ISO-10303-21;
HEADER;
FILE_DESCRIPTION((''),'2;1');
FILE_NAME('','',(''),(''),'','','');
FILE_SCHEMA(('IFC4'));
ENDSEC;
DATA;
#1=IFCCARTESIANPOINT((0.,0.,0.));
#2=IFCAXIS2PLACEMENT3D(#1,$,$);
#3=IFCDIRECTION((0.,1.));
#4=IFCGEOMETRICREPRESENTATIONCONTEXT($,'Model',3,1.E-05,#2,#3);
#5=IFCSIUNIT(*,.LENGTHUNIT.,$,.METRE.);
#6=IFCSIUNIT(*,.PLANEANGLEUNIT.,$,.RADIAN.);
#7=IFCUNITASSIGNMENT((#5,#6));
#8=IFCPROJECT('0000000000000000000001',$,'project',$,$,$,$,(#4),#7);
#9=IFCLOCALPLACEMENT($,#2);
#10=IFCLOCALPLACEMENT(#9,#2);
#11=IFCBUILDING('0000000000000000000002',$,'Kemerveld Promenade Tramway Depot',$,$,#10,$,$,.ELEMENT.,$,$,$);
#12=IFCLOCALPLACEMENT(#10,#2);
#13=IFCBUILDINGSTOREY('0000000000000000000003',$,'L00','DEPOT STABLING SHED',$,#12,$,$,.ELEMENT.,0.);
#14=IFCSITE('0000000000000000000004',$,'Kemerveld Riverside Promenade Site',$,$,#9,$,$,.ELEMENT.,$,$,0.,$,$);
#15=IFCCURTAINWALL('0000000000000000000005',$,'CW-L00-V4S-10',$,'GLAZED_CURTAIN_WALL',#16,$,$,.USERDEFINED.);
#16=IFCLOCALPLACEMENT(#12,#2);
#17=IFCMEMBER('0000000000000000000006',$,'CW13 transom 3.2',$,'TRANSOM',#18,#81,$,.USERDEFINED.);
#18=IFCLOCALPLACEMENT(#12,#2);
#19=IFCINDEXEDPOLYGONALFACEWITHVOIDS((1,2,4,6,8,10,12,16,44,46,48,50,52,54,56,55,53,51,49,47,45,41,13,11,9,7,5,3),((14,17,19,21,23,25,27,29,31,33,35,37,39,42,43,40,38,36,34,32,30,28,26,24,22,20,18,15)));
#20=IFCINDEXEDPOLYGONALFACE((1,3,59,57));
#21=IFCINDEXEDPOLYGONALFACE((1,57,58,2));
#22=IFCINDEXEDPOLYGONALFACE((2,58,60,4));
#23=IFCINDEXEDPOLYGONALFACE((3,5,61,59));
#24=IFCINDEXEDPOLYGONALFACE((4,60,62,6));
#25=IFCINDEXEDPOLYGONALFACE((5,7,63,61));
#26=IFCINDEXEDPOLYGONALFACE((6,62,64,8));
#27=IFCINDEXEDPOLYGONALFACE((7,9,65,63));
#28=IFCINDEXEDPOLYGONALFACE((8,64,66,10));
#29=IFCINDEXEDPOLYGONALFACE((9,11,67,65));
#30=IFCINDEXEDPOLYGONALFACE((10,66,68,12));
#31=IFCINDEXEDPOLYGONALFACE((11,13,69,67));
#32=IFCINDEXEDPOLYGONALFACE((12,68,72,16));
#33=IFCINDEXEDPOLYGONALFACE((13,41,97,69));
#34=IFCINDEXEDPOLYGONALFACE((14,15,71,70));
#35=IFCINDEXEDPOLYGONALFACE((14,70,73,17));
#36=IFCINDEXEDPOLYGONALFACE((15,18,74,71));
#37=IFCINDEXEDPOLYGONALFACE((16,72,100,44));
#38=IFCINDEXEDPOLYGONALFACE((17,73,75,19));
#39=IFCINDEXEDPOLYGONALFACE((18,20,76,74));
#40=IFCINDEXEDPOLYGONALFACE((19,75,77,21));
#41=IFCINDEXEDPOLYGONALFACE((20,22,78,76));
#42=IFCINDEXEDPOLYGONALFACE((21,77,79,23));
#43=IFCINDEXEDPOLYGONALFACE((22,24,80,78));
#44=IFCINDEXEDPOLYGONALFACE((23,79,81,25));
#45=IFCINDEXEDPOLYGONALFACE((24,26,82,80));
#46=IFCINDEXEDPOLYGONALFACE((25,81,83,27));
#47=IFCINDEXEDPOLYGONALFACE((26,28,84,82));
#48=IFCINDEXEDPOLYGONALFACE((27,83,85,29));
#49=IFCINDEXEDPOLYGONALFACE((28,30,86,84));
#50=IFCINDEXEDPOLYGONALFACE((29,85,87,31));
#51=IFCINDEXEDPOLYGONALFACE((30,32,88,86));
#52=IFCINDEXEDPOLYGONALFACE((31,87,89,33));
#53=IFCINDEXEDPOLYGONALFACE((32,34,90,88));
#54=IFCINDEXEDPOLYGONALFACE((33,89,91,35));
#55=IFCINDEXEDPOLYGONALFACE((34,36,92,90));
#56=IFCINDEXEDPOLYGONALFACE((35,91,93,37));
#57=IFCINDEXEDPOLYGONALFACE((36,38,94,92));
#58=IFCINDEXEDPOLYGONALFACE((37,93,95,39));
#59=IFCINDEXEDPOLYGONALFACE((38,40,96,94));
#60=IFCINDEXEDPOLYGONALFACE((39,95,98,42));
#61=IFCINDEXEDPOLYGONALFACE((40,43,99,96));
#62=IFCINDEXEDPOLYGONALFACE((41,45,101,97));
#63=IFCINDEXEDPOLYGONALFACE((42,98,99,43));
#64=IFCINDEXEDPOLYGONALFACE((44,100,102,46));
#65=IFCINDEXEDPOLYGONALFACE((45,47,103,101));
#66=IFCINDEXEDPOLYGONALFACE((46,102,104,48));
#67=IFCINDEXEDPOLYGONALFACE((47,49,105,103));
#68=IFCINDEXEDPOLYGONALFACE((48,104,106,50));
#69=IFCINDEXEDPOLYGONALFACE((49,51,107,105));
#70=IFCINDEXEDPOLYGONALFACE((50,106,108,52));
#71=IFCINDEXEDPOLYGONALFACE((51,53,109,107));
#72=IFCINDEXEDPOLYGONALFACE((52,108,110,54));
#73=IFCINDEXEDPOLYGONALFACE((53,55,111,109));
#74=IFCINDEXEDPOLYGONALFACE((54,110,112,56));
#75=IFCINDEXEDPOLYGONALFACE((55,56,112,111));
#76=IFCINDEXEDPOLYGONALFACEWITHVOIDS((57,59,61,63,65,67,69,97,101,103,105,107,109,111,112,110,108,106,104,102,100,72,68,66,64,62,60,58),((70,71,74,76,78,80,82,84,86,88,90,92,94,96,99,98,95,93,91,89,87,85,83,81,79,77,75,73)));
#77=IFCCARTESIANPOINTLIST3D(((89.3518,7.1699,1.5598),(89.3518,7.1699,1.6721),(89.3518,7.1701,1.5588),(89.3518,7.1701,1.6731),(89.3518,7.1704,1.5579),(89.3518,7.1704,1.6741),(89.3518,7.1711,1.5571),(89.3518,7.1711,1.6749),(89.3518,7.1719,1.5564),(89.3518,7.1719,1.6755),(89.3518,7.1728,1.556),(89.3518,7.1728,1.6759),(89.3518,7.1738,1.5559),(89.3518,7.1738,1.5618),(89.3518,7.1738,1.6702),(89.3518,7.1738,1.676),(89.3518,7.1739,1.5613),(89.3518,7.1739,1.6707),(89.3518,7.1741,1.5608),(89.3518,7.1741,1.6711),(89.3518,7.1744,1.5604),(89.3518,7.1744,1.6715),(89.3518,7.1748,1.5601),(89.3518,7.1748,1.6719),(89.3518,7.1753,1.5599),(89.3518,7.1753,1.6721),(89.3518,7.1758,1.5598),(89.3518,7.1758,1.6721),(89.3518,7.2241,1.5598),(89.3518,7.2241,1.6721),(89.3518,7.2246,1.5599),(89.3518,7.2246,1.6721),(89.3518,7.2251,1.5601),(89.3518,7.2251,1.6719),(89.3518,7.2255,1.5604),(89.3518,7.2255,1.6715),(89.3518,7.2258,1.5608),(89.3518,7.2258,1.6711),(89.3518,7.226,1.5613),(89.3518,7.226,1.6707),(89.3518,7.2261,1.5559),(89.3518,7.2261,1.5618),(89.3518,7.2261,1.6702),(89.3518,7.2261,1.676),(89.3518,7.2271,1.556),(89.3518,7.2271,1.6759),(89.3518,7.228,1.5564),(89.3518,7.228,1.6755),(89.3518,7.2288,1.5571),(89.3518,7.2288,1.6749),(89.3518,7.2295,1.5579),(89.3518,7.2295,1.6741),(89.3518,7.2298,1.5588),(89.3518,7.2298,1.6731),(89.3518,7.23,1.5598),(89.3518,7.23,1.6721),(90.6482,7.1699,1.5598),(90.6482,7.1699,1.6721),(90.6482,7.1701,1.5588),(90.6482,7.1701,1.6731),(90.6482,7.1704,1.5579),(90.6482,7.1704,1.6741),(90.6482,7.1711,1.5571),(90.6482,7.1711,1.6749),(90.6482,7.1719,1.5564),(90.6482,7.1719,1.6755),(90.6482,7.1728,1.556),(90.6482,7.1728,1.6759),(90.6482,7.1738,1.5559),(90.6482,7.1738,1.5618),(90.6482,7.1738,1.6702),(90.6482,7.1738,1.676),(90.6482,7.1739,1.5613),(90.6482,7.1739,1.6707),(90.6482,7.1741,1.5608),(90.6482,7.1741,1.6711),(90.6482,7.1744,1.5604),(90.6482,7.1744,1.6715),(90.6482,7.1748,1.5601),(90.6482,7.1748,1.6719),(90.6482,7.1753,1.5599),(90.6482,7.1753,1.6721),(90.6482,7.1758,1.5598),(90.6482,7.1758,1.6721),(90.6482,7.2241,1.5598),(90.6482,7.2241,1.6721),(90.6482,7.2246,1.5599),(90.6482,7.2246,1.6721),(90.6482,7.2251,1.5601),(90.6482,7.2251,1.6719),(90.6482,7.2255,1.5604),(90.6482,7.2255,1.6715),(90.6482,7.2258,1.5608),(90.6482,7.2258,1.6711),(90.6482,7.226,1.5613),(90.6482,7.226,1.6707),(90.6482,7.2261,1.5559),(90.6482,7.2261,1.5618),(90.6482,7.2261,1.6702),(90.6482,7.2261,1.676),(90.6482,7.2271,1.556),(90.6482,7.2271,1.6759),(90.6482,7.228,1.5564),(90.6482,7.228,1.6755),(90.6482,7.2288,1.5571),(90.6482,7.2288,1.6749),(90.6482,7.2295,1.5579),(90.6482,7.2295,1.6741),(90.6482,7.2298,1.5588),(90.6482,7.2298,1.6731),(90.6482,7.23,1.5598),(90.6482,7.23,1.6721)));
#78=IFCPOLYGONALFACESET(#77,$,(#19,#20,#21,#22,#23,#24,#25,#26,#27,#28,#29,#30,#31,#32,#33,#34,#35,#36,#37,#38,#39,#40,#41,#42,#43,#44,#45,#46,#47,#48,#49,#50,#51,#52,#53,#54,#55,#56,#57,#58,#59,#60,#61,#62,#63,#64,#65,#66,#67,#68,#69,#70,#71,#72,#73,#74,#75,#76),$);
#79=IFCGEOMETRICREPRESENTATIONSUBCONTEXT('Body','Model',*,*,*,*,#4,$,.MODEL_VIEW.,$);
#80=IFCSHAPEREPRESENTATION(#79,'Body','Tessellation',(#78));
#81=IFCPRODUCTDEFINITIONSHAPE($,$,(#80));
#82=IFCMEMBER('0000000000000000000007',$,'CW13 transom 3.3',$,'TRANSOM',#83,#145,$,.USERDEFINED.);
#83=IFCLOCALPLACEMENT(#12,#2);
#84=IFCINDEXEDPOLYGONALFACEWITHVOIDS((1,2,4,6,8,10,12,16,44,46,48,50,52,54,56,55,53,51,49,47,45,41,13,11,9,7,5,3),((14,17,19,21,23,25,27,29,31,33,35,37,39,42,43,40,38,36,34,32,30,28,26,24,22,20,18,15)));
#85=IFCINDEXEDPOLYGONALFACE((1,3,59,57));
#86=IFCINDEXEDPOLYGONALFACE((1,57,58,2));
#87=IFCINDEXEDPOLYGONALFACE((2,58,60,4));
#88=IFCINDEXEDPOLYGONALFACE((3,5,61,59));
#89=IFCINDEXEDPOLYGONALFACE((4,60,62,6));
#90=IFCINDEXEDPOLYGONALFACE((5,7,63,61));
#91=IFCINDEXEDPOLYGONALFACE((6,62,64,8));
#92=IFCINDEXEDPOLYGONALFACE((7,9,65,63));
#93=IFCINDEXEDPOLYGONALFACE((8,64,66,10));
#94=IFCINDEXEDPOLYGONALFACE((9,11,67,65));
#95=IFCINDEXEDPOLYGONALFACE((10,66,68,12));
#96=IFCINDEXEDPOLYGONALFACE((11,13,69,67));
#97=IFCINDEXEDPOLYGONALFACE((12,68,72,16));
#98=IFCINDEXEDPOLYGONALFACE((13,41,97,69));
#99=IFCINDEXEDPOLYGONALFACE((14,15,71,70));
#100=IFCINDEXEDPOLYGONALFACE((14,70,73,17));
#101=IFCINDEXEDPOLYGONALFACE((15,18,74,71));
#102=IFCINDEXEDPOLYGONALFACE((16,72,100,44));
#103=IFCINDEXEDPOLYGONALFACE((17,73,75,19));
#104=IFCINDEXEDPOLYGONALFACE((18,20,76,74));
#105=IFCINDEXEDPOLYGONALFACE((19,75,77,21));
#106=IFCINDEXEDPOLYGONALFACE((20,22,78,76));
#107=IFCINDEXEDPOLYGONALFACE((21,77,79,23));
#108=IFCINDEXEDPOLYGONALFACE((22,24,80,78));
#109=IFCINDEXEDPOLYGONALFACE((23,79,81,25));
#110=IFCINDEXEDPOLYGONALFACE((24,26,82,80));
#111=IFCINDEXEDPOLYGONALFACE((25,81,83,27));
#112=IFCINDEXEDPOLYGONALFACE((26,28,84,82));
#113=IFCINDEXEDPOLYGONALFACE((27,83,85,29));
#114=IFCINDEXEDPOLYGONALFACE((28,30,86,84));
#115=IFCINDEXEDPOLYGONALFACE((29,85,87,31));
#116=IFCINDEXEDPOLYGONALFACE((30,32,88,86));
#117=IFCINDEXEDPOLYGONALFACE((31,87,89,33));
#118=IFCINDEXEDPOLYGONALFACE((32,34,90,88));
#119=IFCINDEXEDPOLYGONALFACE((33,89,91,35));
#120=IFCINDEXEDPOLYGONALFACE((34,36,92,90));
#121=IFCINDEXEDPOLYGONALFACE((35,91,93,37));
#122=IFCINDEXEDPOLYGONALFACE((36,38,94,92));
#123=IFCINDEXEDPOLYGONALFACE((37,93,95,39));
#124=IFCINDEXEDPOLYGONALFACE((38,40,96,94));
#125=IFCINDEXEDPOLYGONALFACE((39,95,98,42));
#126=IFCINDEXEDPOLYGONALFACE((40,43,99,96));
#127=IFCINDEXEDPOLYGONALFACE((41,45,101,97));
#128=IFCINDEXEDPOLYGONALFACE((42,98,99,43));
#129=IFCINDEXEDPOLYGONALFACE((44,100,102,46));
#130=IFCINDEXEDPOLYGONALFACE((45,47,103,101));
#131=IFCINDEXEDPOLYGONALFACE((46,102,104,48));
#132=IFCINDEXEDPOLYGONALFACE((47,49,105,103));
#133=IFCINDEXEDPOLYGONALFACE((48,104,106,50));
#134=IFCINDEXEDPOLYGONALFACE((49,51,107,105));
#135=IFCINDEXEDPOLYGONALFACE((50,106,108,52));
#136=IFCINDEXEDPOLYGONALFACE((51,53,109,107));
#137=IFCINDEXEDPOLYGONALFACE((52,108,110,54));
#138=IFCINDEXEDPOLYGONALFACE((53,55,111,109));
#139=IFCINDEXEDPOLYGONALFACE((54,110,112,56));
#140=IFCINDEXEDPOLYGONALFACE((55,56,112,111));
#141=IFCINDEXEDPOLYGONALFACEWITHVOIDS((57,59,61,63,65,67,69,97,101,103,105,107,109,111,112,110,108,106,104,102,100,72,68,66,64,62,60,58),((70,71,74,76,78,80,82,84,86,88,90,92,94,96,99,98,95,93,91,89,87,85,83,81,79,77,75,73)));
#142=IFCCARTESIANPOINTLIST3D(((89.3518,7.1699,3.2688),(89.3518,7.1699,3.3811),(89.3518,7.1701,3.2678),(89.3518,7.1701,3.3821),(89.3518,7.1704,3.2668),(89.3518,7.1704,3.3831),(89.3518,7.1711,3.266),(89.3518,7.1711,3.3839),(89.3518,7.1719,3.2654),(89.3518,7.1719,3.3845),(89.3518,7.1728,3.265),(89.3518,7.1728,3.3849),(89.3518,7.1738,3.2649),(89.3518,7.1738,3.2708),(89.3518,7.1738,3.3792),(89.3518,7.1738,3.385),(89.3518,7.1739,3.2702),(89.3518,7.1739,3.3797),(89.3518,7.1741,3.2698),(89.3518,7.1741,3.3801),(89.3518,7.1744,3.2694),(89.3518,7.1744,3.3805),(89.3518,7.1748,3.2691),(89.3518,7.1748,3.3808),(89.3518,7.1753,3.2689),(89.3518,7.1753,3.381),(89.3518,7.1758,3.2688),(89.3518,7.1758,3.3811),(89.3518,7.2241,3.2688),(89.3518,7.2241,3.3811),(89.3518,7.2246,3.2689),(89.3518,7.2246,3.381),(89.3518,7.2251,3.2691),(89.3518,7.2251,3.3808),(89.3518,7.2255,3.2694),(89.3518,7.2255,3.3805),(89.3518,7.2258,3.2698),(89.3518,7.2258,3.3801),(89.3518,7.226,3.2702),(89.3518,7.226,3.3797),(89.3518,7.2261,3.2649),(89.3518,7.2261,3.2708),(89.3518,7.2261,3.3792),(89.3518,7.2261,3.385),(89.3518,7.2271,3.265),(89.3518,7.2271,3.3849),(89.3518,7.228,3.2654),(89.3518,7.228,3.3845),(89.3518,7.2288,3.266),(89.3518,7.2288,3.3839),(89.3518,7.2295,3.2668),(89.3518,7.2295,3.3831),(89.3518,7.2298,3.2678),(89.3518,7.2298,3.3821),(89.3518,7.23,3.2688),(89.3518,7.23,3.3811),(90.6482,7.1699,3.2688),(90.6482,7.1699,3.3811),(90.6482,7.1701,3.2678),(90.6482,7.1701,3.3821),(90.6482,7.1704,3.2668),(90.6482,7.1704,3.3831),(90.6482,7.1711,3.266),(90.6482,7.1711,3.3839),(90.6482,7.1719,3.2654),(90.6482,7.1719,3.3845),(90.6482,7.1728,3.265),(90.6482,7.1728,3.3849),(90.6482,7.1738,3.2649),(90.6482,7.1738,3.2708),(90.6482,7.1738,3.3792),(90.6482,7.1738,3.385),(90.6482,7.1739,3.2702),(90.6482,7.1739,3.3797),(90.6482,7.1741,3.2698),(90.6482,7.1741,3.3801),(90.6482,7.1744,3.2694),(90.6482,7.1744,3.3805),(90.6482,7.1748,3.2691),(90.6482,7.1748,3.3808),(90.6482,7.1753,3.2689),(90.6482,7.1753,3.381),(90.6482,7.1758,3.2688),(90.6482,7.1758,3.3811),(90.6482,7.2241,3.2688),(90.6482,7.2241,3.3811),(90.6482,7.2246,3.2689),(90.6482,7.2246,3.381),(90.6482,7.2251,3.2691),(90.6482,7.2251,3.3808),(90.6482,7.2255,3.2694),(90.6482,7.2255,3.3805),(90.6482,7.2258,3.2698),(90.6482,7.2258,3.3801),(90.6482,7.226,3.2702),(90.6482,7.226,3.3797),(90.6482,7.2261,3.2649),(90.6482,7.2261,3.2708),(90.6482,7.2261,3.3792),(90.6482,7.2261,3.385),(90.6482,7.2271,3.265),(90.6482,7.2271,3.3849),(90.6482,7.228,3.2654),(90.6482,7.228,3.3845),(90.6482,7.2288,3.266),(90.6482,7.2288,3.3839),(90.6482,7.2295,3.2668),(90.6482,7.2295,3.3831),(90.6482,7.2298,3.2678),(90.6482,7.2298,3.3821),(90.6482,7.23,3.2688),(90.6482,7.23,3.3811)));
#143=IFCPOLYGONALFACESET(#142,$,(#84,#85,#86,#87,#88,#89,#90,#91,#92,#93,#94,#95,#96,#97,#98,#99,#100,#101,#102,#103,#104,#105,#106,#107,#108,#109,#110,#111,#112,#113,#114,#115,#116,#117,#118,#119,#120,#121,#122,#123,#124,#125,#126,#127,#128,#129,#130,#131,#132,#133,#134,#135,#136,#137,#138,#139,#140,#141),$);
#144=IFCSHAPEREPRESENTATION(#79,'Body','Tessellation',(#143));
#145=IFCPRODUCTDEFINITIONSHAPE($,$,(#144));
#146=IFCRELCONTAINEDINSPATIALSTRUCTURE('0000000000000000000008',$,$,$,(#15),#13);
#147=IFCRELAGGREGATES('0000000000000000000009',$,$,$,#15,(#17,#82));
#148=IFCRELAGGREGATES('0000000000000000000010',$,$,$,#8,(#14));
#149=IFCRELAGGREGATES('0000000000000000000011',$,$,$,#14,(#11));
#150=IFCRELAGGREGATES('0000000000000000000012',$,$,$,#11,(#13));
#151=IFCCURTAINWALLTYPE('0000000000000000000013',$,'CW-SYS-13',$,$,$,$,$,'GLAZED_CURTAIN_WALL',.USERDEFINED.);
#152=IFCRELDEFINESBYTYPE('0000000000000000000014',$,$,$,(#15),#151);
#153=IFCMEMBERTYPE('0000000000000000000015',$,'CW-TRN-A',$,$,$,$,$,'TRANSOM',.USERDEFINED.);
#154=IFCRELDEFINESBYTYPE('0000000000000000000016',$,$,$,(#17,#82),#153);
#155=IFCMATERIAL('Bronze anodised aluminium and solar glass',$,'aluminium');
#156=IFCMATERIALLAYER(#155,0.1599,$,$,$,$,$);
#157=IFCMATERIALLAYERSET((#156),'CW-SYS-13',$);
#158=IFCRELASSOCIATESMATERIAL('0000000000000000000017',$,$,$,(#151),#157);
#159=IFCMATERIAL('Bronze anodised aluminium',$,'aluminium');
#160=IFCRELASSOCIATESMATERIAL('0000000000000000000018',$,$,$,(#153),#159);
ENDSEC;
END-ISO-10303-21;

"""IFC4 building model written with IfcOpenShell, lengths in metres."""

from ifc_helpers import new_model, si_unit, direction, frame, origin, origin_2d, place, context, subcontext, project, spatial, hollow_rectangle, extrude, material, layer, layer_set, material_profile, profile_set, type_object, element, aggregate, save


model = new_model("IFC4")

# Units and contexts
model_context = context("Model", 3, precision=1e-05, world=origin(), true_north=direction((0.0, 1.0)))
body_context = subcontext(model_context, "Body", "Model", "MODEL_VIEW")
ifc_project = project(units=[si_unit("LENGTHUNIT", "METRE"), si_unit("PLANEANGLEUNIT", "RADIAN")], contexts=[model_context])

# Site, building, storey
site_placement = place(None, origin())
site = spatial("IfcSite", under=ifc_project, at=site_placement, Name="Kemerveld Riverside Promenade Site", CompositionType="ELEMENT", RefElevation=0.0)
building_placement = place(site_placement, origin())
building = spatial("IfcBuilding", under=site, at=building_placement, Name="Kemerveld Promenade Tramway Depot", CompositionType="ELEMENT")
storey_placement = place(building_placement, origin())
storey = spatial("IfcBuildingStorey", under=building, at=storey_placement, Name="L00", Description="DEPOT STABLING SHED", CompositionType="ELEMENT", Elevation=0.0)

# Curtain wall, members
ifc_material_1 = material(Name="Bronze anodised aluminium and solar glass", Category="aluminium")
ifc_layer_1 = layer(ifc_material_1, 0.1599)
ifc_layer_set_1 = layer_set([ifc_layer_1], Name="CW-SYS-13")
curtain_wall_type = type_object("IfcCurtainWallType", Name="CW-SYS-13", ElementType="GLAZED_CURTAIN_WALL", PredefinedType="USERDEFINED", material=ifc_layer_set_1)
curtain_wall_placement = place(storey_placement, origin())
curtain_wall = element("IfcCurtainWall", 1, at=curtain_wall_placement, inside=storey, type_object=curtain_wall_type, Name="CW-L00-V4S-10", ObjectType="GLAZED_CURTAIN_WALL", PredefinedType="USERDEFINED")
ifc_material_2 = material(Name="Bronze anodised aluminium", Category="aluminium")
ifc_material_profile_1 = material_profile(ifc_material_2, hollow_rectangle(XDim=0.0601, YDim=0.1201, WallThickness=0.0039, InnerFilletRadius=0.002, OuterFilletRadius=0.0039, at=origin_2d()), Name="CW-TRN-120x60")
ifc_profile_set_1 = profile_set([ifc_material_profile_1], Name="Bronze anodised aluminium")
member_type_1 = type_object("IfcMemberType", Name="CW-TRN-A", ElementType="TRANSOM", PredefinedType="USERDEFINED", material=ifc_profile_set_1)
member_1_placement = place(storey_placement, frame((90.6482, 7.2, 1.616), z_axis=(-1.0, 0.0, 0.0), x_axis=(0.0, -1.0, 0.0)))
member_1 = element("IfcMember", 2, at=member_1_placement, type_object=member_type_1, Name="CW13 transom 3.2", ObjectType="TRANSOM", PredefinedType="USERDEFINED", context=body_context, shape_type="SweptSolid", body=[
    extrude(hollow_rectangle(XDim=0.0601, YDim=0.1201, WallThickness=0.0039, InnerFilletRadius=0.002, OuterFilletRadius=0.0039, at=origin_2d()), origin(), (0.0, 0.0, 1.0), 1.2964),
])
member_2_placement = place(storey_placement, frame((90.6482, 7.2, 3.325), z_axis=(-1.0, 0.0, 0.0), x_axis=(0.0, -1.0, 0.0)))
member_2 = element("IfcMember", 3, at=member_2_placement, type_object=member_type_1, Name="CW13 transom 3.3", ObjectType="TRANSOM", PredefinedType="USERDEFINED", context=body_context, shape_type="SweptSolid", body=[
    extrude(hollow_rectangle(XDim=0.0601, YDim=0.1201, WallThickness=0.0039, InnerFilletRadius=0.002, OuterFilletRadius=0.0039, at=origin_2d()), origin(), (0.0, 0.0, 1.0), 1.2964),
])
aggregate(curtain_wall, [member_1, member_2])

save(model, "model.ifc")
